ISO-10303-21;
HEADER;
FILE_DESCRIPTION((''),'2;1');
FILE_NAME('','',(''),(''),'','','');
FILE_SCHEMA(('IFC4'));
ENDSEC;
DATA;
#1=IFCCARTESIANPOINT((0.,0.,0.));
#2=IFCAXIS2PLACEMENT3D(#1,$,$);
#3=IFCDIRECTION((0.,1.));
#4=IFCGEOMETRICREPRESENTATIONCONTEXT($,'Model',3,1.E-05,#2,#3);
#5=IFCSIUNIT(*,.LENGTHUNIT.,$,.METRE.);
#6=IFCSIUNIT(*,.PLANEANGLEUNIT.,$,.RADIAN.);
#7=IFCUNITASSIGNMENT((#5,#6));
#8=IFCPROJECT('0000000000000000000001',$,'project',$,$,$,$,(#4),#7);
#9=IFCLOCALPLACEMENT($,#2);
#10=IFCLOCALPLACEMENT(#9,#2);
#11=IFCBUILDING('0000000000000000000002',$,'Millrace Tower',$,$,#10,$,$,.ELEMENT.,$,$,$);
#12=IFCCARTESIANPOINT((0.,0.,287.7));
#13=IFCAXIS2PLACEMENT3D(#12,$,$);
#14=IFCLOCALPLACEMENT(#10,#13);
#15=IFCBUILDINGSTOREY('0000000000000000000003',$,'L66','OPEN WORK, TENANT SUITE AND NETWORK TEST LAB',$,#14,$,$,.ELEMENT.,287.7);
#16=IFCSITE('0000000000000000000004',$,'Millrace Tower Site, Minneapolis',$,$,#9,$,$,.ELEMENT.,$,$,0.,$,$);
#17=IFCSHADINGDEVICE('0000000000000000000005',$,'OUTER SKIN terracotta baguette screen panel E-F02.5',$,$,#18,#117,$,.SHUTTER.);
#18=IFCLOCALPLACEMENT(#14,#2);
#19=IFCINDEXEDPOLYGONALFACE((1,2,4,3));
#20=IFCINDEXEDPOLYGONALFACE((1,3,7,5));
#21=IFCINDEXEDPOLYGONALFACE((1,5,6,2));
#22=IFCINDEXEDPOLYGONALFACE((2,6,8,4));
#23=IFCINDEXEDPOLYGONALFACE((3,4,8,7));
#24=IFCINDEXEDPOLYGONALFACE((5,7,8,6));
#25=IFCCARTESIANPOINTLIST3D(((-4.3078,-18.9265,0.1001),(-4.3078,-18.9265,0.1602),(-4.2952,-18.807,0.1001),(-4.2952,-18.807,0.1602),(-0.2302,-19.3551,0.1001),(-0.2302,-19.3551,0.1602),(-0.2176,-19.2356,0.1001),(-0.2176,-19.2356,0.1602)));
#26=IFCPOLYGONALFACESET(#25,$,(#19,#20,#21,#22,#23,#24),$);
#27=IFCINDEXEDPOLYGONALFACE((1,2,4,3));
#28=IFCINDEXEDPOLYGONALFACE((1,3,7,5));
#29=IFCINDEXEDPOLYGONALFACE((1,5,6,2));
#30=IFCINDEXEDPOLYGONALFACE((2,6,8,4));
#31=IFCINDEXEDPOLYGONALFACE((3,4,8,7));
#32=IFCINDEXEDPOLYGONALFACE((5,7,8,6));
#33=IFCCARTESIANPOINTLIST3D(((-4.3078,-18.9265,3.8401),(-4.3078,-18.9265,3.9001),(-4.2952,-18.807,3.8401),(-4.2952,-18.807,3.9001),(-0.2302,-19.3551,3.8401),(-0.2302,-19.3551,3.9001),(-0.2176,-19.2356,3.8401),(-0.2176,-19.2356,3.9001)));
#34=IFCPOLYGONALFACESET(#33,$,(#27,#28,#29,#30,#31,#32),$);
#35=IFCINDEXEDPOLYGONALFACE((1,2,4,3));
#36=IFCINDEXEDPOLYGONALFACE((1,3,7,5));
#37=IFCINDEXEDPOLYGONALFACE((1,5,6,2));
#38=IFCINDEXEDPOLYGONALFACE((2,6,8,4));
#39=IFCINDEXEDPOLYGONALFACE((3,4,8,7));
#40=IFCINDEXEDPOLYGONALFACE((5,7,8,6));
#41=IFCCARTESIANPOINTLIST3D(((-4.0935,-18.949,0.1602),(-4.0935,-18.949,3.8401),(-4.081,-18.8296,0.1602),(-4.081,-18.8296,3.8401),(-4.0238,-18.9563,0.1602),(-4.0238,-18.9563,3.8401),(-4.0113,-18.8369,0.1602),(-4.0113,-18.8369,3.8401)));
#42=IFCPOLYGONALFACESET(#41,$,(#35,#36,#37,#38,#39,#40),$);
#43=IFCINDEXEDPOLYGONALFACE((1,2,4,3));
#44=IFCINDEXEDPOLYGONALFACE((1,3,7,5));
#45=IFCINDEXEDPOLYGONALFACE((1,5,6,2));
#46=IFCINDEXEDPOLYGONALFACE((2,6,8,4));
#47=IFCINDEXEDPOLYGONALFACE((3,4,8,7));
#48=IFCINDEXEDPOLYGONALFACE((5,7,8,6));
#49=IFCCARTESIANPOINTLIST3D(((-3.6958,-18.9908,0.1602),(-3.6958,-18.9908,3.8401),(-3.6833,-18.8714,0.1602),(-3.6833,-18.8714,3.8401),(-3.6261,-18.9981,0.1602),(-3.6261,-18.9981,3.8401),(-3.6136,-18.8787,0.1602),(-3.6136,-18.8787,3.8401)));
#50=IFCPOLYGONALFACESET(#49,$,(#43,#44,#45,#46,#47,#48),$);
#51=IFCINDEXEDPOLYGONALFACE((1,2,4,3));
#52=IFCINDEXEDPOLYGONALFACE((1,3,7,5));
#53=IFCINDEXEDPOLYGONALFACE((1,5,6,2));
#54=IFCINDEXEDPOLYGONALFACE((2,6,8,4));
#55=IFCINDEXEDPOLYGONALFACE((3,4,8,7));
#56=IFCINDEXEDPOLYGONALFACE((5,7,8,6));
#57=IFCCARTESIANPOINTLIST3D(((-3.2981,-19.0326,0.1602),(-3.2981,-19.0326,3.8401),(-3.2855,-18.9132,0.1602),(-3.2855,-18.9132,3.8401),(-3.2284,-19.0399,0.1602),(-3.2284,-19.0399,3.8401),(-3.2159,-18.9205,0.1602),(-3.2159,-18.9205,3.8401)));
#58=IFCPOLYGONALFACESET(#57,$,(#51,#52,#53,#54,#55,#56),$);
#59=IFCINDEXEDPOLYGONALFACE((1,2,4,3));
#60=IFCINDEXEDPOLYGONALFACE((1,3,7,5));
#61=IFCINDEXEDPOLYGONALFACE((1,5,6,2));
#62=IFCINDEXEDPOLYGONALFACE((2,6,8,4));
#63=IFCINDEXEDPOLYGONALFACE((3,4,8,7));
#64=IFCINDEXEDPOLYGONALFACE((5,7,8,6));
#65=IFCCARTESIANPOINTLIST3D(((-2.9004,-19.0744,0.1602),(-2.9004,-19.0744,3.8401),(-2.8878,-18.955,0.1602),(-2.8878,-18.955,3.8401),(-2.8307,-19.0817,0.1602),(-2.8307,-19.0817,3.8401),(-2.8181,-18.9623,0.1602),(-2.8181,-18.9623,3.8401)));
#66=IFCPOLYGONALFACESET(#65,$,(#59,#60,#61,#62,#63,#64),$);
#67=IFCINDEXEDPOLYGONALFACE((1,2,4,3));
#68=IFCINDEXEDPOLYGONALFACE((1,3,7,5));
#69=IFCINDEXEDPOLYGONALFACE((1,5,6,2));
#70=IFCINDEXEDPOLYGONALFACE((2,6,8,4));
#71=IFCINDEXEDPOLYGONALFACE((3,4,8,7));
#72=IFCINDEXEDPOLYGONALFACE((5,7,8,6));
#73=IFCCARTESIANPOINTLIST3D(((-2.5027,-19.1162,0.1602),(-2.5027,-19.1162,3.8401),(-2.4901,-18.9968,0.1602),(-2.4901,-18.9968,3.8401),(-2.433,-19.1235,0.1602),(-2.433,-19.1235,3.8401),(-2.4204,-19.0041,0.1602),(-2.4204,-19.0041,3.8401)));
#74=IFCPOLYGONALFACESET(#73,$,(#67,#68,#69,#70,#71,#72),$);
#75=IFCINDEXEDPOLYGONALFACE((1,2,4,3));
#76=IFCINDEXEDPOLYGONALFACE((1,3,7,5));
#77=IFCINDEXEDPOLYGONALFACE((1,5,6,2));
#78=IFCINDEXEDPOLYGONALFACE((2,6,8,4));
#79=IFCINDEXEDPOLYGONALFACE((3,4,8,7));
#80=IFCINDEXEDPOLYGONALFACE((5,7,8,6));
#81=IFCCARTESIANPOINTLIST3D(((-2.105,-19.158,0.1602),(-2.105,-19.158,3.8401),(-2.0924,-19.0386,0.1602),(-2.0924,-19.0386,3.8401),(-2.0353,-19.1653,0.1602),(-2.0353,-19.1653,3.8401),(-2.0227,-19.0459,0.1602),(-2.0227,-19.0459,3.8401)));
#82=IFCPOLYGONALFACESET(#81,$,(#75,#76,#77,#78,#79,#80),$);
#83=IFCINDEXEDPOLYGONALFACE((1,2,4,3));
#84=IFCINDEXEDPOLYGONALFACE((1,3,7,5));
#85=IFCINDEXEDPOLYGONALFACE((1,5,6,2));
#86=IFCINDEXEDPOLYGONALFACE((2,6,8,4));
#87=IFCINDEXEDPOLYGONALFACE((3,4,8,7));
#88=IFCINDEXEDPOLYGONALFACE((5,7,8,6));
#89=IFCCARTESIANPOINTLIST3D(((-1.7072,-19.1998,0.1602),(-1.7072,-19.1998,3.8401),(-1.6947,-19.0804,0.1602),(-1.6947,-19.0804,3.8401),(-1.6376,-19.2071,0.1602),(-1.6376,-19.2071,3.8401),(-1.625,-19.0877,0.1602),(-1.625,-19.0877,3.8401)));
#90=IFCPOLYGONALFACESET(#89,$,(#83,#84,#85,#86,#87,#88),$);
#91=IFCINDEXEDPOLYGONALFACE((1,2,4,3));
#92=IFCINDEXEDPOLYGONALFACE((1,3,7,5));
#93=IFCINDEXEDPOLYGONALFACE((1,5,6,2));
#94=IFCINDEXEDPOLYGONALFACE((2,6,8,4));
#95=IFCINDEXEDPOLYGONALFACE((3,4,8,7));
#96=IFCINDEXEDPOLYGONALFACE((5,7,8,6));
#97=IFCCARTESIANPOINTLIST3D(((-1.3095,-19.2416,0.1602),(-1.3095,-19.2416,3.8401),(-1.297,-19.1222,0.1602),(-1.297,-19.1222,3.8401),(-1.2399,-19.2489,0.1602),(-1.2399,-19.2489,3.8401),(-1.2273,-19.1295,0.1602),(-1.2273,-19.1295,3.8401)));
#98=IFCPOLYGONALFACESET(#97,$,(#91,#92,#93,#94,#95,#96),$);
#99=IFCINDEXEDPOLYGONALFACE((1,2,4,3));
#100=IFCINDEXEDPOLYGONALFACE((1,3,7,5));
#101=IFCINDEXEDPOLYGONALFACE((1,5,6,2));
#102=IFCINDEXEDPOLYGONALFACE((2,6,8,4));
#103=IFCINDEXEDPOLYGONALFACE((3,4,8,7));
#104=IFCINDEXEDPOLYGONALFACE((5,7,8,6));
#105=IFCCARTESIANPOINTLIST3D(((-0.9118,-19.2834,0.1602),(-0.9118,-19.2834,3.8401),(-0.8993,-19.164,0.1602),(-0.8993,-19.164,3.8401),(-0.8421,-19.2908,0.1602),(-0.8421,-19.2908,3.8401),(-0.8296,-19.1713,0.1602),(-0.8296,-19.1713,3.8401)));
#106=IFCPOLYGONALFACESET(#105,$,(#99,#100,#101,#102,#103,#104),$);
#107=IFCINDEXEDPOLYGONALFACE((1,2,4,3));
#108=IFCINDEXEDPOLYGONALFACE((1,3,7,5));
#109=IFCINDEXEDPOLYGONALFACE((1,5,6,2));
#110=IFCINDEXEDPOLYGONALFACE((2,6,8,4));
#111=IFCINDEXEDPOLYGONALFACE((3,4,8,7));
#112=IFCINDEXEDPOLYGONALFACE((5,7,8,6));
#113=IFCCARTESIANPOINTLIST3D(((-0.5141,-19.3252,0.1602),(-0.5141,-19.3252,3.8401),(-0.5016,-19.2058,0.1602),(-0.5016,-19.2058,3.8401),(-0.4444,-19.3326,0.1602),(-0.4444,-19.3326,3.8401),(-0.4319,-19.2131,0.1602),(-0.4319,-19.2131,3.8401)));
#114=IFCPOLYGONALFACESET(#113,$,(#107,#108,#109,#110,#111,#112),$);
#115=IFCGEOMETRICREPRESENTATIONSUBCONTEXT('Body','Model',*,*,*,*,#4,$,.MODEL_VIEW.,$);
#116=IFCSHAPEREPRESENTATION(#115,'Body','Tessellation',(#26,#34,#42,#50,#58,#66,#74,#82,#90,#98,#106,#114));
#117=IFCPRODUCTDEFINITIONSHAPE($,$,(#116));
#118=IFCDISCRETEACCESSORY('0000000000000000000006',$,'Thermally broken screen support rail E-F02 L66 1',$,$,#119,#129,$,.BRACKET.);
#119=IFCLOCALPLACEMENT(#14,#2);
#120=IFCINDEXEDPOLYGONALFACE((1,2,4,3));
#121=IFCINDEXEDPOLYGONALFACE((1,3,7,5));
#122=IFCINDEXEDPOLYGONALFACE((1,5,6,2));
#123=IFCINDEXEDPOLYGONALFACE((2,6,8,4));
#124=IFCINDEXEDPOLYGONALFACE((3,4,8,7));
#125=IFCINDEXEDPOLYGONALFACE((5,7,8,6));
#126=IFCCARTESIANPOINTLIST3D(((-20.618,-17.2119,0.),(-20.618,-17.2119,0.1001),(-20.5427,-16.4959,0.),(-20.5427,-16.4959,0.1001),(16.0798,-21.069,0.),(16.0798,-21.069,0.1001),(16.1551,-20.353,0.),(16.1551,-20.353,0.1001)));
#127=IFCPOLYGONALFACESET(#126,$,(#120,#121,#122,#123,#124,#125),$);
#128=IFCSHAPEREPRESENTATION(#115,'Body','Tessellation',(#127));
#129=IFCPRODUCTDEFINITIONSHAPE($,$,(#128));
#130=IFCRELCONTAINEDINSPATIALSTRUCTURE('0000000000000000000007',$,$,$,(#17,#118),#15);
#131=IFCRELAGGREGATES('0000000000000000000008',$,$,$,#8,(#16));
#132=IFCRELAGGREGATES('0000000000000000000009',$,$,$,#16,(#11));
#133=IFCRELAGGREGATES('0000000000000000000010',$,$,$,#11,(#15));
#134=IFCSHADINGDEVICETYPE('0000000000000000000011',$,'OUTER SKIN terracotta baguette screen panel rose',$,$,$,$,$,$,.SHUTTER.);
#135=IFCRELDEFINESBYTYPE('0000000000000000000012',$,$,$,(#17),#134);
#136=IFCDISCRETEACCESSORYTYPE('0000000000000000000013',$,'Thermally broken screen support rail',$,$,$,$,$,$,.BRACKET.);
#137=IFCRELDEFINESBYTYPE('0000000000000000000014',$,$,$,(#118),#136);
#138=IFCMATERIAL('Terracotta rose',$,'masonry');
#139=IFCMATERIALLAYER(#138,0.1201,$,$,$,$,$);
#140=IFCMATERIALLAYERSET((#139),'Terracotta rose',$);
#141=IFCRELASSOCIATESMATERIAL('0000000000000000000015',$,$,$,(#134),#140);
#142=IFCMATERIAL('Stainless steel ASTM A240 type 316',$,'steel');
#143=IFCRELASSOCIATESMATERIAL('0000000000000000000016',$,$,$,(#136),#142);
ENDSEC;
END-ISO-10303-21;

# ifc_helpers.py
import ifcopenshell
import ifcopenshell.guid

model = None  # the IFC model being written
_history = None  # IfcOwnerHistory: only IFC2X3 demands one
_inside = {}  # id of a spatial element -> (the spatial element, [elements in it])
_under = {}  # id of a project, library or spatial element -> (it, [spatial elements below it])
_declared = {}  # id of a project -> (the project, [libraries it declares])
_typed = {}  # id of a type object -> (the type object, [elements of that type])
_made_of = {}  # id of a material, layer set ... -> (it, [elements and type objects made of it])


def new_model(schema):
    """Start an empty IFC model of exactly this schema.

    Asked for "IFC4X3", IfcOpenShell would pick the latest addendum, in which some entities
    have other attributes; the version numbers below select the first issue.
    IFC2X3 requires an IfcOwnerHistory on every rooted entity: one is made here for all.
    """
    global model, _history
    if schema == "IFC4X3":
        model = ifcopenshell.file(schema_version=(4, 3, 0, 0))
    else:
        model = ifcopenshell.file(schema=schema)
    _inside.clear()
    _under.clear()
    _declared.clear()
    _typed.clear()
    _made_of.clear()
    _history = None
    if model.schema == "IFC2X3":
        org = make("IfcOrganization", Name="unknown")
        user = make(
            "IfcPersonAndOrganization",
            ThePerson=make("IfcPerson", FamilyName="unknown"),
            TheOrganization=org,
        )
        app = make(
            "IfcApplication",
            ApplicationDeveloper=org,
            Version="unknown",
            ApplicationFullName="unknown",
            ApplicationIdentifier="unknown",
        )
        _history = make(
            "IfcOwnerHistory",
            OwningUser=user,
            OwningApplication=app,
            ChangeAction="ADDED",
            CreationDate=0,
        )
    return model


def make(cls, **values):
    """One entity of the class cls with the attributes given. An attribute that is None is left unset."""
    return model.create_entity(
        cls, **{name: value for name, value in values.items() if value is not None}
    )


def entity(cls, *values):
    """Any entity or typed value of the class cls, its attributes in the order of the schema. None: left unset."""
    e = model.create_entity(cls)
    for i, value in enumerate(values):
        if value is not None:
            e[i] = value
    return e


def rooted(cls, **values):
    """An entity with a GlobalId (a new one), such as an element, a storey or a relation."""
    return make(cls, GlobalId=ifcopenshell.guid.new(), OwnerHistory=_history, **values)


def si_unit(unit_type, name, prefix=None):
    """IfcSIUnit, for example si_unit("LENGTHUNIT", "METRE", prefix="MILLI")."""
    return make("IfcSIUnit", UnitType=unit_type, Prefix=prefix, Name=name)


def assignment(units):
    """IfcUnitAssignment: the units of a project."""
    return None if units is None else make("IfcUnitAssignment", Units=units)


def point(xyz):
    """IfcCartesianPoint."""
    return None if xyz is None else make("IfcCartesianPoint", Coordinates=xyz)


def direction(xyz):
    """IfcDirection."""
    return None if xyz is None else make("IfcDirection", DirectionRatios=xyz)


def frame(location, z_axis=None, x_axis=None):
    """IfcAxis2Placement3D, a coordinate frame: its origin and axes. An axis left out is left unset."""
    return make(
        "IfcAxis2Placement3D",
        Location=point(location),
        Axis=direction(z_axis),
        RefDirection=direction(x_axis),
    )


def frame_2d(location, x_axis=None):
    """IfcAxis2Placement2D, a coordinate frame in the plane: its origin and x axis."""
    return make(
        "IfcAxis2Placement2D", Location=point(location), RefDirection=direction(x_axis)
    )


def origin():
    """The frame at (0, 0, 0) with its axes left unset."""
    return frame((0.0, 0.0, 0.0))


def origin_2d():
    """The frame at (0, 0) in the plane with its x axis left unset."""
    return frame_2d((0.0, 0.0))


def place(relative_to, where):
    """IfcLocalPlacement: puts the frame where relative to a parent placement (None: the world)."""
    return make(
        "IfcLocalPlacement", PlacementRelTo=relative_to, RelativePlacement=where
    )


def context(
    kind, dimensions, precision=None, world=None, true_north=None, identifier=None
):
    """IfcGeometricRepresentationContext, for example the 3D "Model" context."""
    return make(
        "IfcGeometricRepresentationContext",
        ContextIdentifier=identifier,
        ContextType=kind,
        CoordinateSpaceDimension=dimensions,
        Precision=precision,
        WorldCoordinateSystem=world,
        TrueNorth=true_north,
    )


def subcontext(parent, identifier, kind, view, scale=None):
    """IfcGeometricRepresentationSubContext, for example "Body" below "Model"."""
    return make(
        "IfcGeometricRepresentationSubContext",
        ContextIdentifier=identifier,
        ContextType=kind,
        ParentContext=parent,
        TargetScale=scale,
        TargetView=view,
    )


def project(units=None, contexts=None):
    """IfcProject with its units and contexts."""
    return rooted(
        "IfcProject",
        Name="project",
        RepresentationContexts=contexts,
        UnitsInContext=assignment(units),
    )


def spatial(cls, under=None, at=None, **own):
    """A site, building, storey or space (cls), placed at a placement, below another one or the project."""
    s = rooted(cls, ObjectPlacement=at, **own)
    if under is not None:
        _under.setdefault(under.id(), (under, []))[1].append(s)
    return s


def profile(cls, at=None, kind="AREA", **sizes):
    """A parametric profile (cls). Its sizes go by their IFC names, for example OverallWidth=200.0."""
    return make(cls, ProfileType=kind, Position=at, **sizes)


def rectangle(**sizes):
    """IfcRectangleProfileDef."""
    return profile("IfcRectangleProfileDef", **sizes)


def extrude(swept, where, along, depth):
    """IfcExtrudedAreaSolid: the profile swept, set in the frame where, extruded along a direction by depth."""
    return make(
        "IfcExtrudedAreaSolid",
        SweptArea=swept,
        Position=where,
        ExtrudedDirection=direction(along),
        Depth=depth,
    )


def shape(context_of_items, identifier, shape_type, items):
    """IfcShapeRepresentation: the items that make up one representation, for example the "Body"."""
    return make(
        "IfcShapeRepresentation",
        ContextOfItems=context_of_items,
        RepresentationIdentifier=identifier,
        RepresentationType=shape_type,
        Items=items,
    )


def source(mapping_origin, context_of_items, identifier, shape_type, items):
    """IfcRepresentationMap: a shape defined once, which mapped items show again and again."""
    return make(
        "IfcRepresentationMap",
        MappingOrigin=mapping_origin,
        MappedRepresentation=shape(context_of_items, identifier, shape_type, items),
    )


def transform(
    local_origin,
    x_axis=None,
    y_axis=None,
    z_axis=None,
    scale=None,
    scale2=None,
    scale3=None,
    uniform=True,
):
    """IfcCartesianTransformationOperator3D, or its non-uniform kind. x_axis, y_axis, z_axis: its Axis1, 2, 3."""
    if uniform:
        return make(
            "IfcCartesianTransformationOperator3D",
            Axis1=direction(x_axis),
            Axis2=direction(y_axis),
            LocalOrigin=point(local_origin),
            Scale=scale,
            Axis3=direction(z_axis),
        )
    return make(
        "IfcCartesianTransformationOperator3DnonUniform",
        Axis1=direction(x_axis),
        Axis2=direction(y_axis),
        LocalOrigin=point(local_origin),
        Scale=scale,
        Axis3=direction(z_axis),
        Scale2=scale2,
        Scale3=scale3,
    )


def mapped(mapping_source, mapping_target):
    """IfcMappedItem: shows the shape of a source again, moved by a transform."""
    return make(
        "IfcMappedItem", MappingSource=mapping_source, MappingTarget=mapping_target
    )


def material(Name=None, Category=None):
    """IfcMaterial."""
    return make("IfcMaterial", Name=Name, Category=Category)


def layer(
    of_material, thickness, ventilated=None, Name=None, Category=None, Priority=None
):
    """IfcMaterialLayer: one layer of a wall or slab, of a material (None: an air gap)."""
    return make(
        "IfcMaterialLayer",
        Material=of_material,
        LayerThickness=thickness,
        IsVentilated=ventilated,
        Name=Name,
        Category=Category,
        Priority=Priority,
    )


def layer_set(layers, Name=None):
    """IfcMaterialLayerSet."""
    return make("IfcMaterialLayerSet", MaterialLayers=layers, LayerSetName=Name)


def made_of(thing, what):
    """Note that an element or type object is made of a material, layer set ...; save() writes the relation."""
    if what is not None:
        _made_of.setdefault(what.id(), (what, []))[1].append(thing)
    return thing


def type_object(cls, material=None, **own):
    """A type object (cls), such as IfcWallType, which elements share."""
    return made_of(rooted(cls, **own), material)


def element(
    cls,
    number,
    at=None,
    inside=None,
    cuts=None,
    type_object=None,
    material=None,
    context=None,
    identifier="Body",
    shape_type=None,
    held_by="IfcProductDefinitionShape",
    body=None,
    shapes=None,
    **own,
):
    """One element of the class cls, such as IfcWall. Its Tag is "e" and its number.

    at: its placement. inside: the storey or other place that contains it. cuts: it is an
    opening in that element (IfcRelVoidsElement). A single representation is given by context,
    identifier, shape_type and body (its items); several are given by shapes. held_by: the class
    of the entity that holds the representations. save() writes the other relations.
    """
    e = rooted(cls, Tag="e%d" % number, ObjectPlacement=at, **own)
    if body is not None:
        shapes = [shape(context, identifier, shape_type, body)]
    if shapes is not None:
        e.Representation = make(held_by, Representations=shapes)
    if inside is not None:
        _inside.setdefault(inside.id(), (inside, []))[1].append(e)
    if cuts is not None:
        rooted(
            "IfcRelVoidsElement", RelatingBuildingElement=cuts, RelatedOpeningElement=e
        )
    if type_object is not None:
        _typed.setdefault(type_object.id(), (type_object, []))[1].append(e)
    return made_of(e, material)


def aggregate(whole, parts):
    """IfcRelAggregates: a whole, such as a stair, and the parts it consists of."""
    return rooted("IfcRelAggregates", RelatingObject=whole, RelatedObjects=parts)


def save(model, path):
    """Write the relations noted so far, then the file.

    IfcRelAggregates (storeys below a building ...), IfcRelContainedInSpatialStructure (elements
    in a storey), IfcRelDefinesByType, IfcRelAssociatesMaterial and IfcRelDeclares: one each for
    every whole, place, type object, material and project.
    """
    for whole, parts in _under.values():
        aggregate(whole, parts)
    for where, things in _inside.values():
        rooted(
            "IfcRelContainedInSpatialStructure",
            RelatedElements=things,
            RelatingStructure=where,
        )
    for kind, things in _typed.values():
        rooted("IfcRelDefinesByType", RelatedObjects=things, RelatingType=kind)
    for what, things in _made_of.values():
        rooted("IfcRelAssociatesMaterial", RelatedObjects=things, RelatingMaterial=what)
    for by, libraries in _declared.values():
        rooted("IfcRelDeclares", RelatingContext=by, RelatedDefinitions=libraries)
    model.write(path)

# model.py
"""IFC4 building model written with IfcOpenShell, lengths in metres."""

from ifc_helpers import new_model, entity, si_unit, direction, frame, frame_2d, origin, origin_2d, place, context, subcontext, project, spatial, rectangle, extrude, source, transform, mapped, material, layer, layer_set, type_object, element, save


model = new_model("IFC4")

# Units and contexts
model_context = context("Model", 3, precision=1e-05, world=origin(), true_north=direction((0.0, 1.0)))
body_context = subcontext(model_context, "Body", "Model", "MODEL_VIEW")
ifc_project = project(units=[si_unit("LENGTHUNIT", "METRE"), si_unit("PLANEANGLEUNIT", "RADIAN")], contexts=[model_context])

# Site, building, storey
site_placement = place(None, origin())
site = spatial("IfcSite", under=ifc_project, at=site_placement, Name="Millrace Tower Site, Minneapolis", CompositionType="ELEMENT", RefElevation=0.0)
building_placement = place(site_placement, origin())
building = spatial("IfcBuilding", under=site, at=building_placement, Name="Millrace Tower", CompositionType="ELEMENT")
storey_placement = place(building_placement, frame((0.0, 0.0, 287.7)))
storey = spatial("IfcBuildingStorey", under=building, at=storey_placement, Name="L66", Description="OPEN WORK, TENANT SUITE AND NETWORK TEST LAB", CompositionType="ELEMENT", Elevation=287.7)

# Shading device
ifc_material_1 = material(Name="Terracotta rose", Category="masonry")
ifc_layer_1 = layer(ifc_material_1, 0.1201)
ifc_layer_set_1 = layer_set([ifc_layer_1], Name="Terracotta rose")
shading_device_type = type_object("IfcShadingDeviceType", Name="OUTER SKIN terracotta baguette screen panel rose", PredefinedType="SHUTTER", material=ifc_layer_set_1)
cartesian_point = entity("IfcCartesianPoint", [-2.05, 0.0601])
shared_polyline = entity("IfcPolyline", [cartesian_point, entity("IfcCartesianPoint", [2.05, 0.0601]), entity("IfcCartesianPoint", [2.05, -0.0601]), entity("IfcCartesianPoint", [-2.05, -0.0601]), cartesian_point])
shared_shape = source(origin(), body_context, "Body", "SweptSolid", [
    entity("IfcExtrudedAreaSolid", entity("IfcArbitraryClosedProfileDef", "AREA", None, shared_polyline), entity("IfcAxis2Placement3D", entity("IfcCartesianPoint", [0.0, 0.0, 0.0])), entity("IfcDirection", [0.0, 0.0, 1.0]), 0.0601),
    entity("IfcExtrudedAreaSolid", entity("IfcArbitraryClosedProfileDef", "AREA", None, shared_polyline), entity("IfcAxis2Placement3D", entity("IfcCartesianPoint", [0.0, 0.0, 3.74])), entity("IfcDirection", [0.0, 0.0, 1.0]), 0.0601),
    extrude(rectangle(XDim=0.0701, YDim=0.1201, at=frame_2d((-1.7996, 0.0))), frame((0.0, 0.0, 0.0601)), (0.0, 0.0, 1.0), 3.6799),
    extrude(rectangle(XDim=0.0701, YDim=0.1201, at=frame_2d((-1.3997, 0.0))), frame((0.0, 0.0, 0.0601)), (0.0, 0.0, 1.0), 3.6799),
    extrude(rectangle(XDim=0.0701, YDim=0.1201, at=frame_2d((-0.9998, 0.0))), frame((0.0, 0.0, 0.0601)), (0.0, 0.0, 1.0), 3.6799),
    extrude(rectangle(XDim=0.0701, YDim=0.1201, at=frame_2d((-0.5999, 0.0))), frame((0.0, 0.0, 0.0601)), (0.0, 0.0, 1.0), 3.6799),
    extrude(rectangle(XDim=0.0701, YDim=0.1201, at=frame_2d((-0.2, 0.0))), frame((0.0, 0.0, 0.0601)), (0.0, 0.0, 1.0), 3.6799),
    extrude(rectangle(XDim=0.0701, YDim=0.1201, at=frame_2d((0.2, 0.0))), frame((0.0, 0.0, 0.0601)), (0.0, 0.0, 1.0), 3.6799),
    extrude(rectangle(XDim=0.0701, YDim=0.1201, at=frame_2d((0.5999, 0.0))), frame((0.0, 0.0, 0.0601)), (0.0, 0.0, 1.0), 3.6799),
    extrude(rectangle(XDim=0.0701, YDim=0.1201, at=frame_2d((0.9998, 0.0))), frame((0.0, 0.0, 0.0601)), (0.0, 0.0, 1.0), 3.6799),
    extrude(rectangle(XDim=0.0701, YDim=0.1201, at=frame_2d((1.3997, 0.0))), frame((0.0, 0.0, 0.0601)), (0.0, 0.0, 1.0), 3.6799),
    extrude(rectangle(XDim=0.0701, YDim=0.1201, at=frame_2d((1.7996, 0.0))), frame((0.0, 0.0, 0.0601)), (0.0, 0.0, 1.0), 3.6799),
])
for number, where, z_axis, x_axis, name in (
    (1, (-2.2627, -19.0811, 0.1001), (0.0, 0.0, 1.0), (0.994522, -0.104528, 0.0), "OUTER SKIN terracotta baguette screen panel E-F02.5"),
):
    element("IfcShadingDevice", number, at=place(storey_placement, frame(where, z_axis=z_axis, x_axis=x_axis)), inside=storey, type_object=shading_device_type, Name=name, PredefinedType="SHUTTER", context=body_context, shape_type="MappedRepresentation", body=[
        mapped(shared_shape, transform((0.0, 0.0, 0.0), scale=1.0)),
    ])

# Discrete accessory
ifc_material_2 = material(Name="Stainless steel ASTM A240 type 316", Category="steel")
discrete_accessory_type = type_object("IfcDiscreteAccessoryType", Name="Thermally broken screen support rail", PredefinedType="BRACKET", material=ifc_material_2)
discrete_accessory_placement = place(storey_placement, frame((-2.2314, -18.7825, 0.0), z_axis=(0.0, 0.0, 1.0), x_axis=(0.994522, -0.104528, 0.0)))
element("IfcDiscreteAccessory", 2, at=discrete_accessory_placement, inside=storey, type_object=discrete_accessory_type, Name="Thermally broken screen support rail E-F02 L66 1", PredefinedType="BRACKET", context=body_context, shape_type="SweptSolid", body=[
    extrude(rectangle(XDim=36.8999, YDim=0.72, at=origin_2d()), origin(), (0.0, 0.0, 1.0), 0.1001),
])

save(model, "model.ifc")
